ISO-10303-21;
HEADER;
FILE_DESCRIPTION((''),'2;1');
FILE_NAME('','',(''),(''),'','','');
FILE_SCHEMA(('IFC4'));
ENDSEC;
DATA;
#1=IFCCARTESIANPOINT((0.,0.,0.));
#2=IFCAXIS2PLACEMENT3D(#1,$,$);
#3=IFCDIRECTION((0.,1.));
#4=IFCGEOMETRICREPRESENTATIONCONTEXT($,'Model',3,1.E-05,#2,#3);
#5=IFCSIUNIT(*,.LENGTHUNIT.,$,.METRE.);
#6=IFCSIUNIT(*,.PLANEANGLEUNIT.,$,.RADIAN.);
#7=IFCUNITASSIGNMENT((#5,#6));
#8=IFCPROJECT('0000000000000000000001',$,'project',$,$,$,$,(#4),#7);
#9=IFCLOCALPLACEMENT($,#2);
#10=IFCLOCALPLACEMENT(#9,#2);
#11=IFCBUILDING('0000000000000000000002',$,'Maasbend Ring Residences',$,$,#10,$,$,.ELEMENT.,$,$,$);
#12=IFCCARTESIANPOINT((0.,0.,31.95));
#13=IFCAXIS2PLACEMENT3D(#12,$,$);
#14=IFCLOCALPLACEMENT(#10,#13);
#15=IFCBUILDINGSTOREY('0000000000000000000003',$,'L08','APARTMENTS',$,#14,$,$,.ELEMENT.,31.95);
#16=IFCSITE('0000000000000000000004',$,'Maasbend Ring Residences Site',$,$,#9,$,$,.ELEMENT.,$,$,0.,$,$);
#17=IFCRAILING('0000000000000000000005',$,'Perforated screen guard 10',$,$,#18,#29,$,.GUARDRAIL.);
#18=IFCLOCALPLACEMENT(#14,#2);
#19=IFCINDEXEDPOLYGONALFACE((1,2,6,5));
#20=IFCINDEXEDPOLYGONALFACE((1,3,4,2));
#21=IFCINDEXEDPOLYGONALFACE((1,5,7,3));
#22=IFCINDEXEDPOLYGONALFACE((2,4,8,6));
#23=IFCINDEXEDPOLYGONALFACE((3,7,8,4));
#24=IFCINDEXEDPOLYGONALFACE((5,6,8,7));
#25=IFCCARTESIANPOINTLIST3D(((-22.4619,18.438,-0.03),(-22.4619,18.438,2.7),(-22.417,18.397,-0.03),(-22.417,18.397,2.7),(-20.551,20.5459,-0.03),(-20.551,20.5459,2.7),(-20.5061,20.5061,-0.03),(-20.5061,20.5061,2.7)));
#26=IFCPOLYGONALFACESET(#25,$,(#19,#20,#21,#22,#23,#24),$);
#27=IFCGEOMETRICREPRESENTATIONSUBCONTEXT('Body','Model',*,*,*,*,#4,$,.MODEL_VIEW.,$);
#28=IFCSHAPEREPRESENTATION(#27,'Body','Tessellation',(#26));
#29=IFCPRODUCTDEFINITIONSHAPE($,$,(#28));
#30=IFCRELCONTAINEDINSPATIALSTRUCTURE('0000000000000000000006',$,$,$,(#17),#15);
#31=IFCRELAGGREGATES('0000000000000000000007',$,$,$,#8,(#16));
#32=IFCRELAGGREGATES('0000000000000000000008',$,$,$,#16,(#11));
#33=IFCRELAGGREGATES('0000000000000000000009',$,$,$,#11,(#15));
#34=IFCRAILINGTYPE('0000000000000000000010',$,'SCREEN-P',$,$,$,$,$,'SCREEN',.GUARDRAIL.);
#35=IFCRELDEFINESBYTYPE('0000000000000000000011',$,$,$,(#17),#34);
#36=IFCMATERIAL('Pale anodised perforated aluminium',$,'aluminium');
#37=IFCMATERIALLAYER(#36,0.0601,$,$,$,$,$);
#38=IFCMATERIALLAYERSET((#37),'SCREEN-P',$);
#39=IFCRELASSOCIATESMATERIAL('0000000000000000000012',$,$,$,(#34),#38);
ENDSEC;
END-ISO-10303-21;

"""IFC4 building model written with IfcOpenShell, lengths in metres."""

from ifc_helpers import new_model, si_unit, direction, frame, origin, place, context, subcontext, project, spatial, polyline, outline, extrude, material, layer, layer_set, type_object, element, save


model = new_model("IFC4")

# Units and contexts
model_context = context("Model", 3, precision=1e-05, world=origin(), true_north=direction((0.0, 1.0)))
body_context = subcontext(model_context, "Body", "Model", "MODEL_VIEW")
ifc_project = project(units=[si_unit("LENGTHUNIT", "METRE"), si_unit("PLANEANGLEUNIT", "RADIAN")], contexts=[model_context])

# Site, building, storey
site_placement = place(None, origin())
site = spatial("IfcSite", under=ifc_project, at=site_placement, Name="Maasbend Ring Residences Site", CompositionType="ELEMENT", RefElevation=0.0)
building_placement = place(site_placement, origin())
building = spatial("IfcBuilding", under=site, at=building_placement, Name="Maasbend Ring Residences", CompositionType="ELEMENT")
storey_placement = place(building_placement, frame((0.0, 0.0, 31.95)))
storey = spatial("IfcBuildingStorey", under=building, at=storey_placement, Name="L08", Description="APARTMENTS", CompositionType="ELEMENT", Elevation=31.95)

# Railing
ifc_material_1 = material(Name="Pale anodised perforated aluminium", Category="aluminium")
ifc_layer_1 = layer(ifc_material_1, 0.0601)
ifc_layer_set_1 = layer_set([ifc_layer_1], Name="SCREEN-P")
railing_type = type_object("IfcRailingType", Name="SCREEN-P", ElementType="SCREEN", PredefinedType="GUARDRAIL", material=ifc_layer_set_1)
railing_1_placement = place(storey_placement, frame((0.0, 0.0, -0.03)))
element("IfcRailing", 1, at=railing_1_placement, inside=storey, type_object=railing_type, Name="Perforated screen guard 10", PredefinedType="GUARDRAIL", context=body_context, shape_type="SweptSolid", body=[
    extrude(outline(polyline([(-20.5061, 20.5061), (-22.417, 18.397), (-22.4619, 18.438), (-20.551, 20.5459), (-20.5061, 20.5061)])), origin(), (0.0, 0.0, 1.0), 2.73),
])

save(model, "model.ifc")
